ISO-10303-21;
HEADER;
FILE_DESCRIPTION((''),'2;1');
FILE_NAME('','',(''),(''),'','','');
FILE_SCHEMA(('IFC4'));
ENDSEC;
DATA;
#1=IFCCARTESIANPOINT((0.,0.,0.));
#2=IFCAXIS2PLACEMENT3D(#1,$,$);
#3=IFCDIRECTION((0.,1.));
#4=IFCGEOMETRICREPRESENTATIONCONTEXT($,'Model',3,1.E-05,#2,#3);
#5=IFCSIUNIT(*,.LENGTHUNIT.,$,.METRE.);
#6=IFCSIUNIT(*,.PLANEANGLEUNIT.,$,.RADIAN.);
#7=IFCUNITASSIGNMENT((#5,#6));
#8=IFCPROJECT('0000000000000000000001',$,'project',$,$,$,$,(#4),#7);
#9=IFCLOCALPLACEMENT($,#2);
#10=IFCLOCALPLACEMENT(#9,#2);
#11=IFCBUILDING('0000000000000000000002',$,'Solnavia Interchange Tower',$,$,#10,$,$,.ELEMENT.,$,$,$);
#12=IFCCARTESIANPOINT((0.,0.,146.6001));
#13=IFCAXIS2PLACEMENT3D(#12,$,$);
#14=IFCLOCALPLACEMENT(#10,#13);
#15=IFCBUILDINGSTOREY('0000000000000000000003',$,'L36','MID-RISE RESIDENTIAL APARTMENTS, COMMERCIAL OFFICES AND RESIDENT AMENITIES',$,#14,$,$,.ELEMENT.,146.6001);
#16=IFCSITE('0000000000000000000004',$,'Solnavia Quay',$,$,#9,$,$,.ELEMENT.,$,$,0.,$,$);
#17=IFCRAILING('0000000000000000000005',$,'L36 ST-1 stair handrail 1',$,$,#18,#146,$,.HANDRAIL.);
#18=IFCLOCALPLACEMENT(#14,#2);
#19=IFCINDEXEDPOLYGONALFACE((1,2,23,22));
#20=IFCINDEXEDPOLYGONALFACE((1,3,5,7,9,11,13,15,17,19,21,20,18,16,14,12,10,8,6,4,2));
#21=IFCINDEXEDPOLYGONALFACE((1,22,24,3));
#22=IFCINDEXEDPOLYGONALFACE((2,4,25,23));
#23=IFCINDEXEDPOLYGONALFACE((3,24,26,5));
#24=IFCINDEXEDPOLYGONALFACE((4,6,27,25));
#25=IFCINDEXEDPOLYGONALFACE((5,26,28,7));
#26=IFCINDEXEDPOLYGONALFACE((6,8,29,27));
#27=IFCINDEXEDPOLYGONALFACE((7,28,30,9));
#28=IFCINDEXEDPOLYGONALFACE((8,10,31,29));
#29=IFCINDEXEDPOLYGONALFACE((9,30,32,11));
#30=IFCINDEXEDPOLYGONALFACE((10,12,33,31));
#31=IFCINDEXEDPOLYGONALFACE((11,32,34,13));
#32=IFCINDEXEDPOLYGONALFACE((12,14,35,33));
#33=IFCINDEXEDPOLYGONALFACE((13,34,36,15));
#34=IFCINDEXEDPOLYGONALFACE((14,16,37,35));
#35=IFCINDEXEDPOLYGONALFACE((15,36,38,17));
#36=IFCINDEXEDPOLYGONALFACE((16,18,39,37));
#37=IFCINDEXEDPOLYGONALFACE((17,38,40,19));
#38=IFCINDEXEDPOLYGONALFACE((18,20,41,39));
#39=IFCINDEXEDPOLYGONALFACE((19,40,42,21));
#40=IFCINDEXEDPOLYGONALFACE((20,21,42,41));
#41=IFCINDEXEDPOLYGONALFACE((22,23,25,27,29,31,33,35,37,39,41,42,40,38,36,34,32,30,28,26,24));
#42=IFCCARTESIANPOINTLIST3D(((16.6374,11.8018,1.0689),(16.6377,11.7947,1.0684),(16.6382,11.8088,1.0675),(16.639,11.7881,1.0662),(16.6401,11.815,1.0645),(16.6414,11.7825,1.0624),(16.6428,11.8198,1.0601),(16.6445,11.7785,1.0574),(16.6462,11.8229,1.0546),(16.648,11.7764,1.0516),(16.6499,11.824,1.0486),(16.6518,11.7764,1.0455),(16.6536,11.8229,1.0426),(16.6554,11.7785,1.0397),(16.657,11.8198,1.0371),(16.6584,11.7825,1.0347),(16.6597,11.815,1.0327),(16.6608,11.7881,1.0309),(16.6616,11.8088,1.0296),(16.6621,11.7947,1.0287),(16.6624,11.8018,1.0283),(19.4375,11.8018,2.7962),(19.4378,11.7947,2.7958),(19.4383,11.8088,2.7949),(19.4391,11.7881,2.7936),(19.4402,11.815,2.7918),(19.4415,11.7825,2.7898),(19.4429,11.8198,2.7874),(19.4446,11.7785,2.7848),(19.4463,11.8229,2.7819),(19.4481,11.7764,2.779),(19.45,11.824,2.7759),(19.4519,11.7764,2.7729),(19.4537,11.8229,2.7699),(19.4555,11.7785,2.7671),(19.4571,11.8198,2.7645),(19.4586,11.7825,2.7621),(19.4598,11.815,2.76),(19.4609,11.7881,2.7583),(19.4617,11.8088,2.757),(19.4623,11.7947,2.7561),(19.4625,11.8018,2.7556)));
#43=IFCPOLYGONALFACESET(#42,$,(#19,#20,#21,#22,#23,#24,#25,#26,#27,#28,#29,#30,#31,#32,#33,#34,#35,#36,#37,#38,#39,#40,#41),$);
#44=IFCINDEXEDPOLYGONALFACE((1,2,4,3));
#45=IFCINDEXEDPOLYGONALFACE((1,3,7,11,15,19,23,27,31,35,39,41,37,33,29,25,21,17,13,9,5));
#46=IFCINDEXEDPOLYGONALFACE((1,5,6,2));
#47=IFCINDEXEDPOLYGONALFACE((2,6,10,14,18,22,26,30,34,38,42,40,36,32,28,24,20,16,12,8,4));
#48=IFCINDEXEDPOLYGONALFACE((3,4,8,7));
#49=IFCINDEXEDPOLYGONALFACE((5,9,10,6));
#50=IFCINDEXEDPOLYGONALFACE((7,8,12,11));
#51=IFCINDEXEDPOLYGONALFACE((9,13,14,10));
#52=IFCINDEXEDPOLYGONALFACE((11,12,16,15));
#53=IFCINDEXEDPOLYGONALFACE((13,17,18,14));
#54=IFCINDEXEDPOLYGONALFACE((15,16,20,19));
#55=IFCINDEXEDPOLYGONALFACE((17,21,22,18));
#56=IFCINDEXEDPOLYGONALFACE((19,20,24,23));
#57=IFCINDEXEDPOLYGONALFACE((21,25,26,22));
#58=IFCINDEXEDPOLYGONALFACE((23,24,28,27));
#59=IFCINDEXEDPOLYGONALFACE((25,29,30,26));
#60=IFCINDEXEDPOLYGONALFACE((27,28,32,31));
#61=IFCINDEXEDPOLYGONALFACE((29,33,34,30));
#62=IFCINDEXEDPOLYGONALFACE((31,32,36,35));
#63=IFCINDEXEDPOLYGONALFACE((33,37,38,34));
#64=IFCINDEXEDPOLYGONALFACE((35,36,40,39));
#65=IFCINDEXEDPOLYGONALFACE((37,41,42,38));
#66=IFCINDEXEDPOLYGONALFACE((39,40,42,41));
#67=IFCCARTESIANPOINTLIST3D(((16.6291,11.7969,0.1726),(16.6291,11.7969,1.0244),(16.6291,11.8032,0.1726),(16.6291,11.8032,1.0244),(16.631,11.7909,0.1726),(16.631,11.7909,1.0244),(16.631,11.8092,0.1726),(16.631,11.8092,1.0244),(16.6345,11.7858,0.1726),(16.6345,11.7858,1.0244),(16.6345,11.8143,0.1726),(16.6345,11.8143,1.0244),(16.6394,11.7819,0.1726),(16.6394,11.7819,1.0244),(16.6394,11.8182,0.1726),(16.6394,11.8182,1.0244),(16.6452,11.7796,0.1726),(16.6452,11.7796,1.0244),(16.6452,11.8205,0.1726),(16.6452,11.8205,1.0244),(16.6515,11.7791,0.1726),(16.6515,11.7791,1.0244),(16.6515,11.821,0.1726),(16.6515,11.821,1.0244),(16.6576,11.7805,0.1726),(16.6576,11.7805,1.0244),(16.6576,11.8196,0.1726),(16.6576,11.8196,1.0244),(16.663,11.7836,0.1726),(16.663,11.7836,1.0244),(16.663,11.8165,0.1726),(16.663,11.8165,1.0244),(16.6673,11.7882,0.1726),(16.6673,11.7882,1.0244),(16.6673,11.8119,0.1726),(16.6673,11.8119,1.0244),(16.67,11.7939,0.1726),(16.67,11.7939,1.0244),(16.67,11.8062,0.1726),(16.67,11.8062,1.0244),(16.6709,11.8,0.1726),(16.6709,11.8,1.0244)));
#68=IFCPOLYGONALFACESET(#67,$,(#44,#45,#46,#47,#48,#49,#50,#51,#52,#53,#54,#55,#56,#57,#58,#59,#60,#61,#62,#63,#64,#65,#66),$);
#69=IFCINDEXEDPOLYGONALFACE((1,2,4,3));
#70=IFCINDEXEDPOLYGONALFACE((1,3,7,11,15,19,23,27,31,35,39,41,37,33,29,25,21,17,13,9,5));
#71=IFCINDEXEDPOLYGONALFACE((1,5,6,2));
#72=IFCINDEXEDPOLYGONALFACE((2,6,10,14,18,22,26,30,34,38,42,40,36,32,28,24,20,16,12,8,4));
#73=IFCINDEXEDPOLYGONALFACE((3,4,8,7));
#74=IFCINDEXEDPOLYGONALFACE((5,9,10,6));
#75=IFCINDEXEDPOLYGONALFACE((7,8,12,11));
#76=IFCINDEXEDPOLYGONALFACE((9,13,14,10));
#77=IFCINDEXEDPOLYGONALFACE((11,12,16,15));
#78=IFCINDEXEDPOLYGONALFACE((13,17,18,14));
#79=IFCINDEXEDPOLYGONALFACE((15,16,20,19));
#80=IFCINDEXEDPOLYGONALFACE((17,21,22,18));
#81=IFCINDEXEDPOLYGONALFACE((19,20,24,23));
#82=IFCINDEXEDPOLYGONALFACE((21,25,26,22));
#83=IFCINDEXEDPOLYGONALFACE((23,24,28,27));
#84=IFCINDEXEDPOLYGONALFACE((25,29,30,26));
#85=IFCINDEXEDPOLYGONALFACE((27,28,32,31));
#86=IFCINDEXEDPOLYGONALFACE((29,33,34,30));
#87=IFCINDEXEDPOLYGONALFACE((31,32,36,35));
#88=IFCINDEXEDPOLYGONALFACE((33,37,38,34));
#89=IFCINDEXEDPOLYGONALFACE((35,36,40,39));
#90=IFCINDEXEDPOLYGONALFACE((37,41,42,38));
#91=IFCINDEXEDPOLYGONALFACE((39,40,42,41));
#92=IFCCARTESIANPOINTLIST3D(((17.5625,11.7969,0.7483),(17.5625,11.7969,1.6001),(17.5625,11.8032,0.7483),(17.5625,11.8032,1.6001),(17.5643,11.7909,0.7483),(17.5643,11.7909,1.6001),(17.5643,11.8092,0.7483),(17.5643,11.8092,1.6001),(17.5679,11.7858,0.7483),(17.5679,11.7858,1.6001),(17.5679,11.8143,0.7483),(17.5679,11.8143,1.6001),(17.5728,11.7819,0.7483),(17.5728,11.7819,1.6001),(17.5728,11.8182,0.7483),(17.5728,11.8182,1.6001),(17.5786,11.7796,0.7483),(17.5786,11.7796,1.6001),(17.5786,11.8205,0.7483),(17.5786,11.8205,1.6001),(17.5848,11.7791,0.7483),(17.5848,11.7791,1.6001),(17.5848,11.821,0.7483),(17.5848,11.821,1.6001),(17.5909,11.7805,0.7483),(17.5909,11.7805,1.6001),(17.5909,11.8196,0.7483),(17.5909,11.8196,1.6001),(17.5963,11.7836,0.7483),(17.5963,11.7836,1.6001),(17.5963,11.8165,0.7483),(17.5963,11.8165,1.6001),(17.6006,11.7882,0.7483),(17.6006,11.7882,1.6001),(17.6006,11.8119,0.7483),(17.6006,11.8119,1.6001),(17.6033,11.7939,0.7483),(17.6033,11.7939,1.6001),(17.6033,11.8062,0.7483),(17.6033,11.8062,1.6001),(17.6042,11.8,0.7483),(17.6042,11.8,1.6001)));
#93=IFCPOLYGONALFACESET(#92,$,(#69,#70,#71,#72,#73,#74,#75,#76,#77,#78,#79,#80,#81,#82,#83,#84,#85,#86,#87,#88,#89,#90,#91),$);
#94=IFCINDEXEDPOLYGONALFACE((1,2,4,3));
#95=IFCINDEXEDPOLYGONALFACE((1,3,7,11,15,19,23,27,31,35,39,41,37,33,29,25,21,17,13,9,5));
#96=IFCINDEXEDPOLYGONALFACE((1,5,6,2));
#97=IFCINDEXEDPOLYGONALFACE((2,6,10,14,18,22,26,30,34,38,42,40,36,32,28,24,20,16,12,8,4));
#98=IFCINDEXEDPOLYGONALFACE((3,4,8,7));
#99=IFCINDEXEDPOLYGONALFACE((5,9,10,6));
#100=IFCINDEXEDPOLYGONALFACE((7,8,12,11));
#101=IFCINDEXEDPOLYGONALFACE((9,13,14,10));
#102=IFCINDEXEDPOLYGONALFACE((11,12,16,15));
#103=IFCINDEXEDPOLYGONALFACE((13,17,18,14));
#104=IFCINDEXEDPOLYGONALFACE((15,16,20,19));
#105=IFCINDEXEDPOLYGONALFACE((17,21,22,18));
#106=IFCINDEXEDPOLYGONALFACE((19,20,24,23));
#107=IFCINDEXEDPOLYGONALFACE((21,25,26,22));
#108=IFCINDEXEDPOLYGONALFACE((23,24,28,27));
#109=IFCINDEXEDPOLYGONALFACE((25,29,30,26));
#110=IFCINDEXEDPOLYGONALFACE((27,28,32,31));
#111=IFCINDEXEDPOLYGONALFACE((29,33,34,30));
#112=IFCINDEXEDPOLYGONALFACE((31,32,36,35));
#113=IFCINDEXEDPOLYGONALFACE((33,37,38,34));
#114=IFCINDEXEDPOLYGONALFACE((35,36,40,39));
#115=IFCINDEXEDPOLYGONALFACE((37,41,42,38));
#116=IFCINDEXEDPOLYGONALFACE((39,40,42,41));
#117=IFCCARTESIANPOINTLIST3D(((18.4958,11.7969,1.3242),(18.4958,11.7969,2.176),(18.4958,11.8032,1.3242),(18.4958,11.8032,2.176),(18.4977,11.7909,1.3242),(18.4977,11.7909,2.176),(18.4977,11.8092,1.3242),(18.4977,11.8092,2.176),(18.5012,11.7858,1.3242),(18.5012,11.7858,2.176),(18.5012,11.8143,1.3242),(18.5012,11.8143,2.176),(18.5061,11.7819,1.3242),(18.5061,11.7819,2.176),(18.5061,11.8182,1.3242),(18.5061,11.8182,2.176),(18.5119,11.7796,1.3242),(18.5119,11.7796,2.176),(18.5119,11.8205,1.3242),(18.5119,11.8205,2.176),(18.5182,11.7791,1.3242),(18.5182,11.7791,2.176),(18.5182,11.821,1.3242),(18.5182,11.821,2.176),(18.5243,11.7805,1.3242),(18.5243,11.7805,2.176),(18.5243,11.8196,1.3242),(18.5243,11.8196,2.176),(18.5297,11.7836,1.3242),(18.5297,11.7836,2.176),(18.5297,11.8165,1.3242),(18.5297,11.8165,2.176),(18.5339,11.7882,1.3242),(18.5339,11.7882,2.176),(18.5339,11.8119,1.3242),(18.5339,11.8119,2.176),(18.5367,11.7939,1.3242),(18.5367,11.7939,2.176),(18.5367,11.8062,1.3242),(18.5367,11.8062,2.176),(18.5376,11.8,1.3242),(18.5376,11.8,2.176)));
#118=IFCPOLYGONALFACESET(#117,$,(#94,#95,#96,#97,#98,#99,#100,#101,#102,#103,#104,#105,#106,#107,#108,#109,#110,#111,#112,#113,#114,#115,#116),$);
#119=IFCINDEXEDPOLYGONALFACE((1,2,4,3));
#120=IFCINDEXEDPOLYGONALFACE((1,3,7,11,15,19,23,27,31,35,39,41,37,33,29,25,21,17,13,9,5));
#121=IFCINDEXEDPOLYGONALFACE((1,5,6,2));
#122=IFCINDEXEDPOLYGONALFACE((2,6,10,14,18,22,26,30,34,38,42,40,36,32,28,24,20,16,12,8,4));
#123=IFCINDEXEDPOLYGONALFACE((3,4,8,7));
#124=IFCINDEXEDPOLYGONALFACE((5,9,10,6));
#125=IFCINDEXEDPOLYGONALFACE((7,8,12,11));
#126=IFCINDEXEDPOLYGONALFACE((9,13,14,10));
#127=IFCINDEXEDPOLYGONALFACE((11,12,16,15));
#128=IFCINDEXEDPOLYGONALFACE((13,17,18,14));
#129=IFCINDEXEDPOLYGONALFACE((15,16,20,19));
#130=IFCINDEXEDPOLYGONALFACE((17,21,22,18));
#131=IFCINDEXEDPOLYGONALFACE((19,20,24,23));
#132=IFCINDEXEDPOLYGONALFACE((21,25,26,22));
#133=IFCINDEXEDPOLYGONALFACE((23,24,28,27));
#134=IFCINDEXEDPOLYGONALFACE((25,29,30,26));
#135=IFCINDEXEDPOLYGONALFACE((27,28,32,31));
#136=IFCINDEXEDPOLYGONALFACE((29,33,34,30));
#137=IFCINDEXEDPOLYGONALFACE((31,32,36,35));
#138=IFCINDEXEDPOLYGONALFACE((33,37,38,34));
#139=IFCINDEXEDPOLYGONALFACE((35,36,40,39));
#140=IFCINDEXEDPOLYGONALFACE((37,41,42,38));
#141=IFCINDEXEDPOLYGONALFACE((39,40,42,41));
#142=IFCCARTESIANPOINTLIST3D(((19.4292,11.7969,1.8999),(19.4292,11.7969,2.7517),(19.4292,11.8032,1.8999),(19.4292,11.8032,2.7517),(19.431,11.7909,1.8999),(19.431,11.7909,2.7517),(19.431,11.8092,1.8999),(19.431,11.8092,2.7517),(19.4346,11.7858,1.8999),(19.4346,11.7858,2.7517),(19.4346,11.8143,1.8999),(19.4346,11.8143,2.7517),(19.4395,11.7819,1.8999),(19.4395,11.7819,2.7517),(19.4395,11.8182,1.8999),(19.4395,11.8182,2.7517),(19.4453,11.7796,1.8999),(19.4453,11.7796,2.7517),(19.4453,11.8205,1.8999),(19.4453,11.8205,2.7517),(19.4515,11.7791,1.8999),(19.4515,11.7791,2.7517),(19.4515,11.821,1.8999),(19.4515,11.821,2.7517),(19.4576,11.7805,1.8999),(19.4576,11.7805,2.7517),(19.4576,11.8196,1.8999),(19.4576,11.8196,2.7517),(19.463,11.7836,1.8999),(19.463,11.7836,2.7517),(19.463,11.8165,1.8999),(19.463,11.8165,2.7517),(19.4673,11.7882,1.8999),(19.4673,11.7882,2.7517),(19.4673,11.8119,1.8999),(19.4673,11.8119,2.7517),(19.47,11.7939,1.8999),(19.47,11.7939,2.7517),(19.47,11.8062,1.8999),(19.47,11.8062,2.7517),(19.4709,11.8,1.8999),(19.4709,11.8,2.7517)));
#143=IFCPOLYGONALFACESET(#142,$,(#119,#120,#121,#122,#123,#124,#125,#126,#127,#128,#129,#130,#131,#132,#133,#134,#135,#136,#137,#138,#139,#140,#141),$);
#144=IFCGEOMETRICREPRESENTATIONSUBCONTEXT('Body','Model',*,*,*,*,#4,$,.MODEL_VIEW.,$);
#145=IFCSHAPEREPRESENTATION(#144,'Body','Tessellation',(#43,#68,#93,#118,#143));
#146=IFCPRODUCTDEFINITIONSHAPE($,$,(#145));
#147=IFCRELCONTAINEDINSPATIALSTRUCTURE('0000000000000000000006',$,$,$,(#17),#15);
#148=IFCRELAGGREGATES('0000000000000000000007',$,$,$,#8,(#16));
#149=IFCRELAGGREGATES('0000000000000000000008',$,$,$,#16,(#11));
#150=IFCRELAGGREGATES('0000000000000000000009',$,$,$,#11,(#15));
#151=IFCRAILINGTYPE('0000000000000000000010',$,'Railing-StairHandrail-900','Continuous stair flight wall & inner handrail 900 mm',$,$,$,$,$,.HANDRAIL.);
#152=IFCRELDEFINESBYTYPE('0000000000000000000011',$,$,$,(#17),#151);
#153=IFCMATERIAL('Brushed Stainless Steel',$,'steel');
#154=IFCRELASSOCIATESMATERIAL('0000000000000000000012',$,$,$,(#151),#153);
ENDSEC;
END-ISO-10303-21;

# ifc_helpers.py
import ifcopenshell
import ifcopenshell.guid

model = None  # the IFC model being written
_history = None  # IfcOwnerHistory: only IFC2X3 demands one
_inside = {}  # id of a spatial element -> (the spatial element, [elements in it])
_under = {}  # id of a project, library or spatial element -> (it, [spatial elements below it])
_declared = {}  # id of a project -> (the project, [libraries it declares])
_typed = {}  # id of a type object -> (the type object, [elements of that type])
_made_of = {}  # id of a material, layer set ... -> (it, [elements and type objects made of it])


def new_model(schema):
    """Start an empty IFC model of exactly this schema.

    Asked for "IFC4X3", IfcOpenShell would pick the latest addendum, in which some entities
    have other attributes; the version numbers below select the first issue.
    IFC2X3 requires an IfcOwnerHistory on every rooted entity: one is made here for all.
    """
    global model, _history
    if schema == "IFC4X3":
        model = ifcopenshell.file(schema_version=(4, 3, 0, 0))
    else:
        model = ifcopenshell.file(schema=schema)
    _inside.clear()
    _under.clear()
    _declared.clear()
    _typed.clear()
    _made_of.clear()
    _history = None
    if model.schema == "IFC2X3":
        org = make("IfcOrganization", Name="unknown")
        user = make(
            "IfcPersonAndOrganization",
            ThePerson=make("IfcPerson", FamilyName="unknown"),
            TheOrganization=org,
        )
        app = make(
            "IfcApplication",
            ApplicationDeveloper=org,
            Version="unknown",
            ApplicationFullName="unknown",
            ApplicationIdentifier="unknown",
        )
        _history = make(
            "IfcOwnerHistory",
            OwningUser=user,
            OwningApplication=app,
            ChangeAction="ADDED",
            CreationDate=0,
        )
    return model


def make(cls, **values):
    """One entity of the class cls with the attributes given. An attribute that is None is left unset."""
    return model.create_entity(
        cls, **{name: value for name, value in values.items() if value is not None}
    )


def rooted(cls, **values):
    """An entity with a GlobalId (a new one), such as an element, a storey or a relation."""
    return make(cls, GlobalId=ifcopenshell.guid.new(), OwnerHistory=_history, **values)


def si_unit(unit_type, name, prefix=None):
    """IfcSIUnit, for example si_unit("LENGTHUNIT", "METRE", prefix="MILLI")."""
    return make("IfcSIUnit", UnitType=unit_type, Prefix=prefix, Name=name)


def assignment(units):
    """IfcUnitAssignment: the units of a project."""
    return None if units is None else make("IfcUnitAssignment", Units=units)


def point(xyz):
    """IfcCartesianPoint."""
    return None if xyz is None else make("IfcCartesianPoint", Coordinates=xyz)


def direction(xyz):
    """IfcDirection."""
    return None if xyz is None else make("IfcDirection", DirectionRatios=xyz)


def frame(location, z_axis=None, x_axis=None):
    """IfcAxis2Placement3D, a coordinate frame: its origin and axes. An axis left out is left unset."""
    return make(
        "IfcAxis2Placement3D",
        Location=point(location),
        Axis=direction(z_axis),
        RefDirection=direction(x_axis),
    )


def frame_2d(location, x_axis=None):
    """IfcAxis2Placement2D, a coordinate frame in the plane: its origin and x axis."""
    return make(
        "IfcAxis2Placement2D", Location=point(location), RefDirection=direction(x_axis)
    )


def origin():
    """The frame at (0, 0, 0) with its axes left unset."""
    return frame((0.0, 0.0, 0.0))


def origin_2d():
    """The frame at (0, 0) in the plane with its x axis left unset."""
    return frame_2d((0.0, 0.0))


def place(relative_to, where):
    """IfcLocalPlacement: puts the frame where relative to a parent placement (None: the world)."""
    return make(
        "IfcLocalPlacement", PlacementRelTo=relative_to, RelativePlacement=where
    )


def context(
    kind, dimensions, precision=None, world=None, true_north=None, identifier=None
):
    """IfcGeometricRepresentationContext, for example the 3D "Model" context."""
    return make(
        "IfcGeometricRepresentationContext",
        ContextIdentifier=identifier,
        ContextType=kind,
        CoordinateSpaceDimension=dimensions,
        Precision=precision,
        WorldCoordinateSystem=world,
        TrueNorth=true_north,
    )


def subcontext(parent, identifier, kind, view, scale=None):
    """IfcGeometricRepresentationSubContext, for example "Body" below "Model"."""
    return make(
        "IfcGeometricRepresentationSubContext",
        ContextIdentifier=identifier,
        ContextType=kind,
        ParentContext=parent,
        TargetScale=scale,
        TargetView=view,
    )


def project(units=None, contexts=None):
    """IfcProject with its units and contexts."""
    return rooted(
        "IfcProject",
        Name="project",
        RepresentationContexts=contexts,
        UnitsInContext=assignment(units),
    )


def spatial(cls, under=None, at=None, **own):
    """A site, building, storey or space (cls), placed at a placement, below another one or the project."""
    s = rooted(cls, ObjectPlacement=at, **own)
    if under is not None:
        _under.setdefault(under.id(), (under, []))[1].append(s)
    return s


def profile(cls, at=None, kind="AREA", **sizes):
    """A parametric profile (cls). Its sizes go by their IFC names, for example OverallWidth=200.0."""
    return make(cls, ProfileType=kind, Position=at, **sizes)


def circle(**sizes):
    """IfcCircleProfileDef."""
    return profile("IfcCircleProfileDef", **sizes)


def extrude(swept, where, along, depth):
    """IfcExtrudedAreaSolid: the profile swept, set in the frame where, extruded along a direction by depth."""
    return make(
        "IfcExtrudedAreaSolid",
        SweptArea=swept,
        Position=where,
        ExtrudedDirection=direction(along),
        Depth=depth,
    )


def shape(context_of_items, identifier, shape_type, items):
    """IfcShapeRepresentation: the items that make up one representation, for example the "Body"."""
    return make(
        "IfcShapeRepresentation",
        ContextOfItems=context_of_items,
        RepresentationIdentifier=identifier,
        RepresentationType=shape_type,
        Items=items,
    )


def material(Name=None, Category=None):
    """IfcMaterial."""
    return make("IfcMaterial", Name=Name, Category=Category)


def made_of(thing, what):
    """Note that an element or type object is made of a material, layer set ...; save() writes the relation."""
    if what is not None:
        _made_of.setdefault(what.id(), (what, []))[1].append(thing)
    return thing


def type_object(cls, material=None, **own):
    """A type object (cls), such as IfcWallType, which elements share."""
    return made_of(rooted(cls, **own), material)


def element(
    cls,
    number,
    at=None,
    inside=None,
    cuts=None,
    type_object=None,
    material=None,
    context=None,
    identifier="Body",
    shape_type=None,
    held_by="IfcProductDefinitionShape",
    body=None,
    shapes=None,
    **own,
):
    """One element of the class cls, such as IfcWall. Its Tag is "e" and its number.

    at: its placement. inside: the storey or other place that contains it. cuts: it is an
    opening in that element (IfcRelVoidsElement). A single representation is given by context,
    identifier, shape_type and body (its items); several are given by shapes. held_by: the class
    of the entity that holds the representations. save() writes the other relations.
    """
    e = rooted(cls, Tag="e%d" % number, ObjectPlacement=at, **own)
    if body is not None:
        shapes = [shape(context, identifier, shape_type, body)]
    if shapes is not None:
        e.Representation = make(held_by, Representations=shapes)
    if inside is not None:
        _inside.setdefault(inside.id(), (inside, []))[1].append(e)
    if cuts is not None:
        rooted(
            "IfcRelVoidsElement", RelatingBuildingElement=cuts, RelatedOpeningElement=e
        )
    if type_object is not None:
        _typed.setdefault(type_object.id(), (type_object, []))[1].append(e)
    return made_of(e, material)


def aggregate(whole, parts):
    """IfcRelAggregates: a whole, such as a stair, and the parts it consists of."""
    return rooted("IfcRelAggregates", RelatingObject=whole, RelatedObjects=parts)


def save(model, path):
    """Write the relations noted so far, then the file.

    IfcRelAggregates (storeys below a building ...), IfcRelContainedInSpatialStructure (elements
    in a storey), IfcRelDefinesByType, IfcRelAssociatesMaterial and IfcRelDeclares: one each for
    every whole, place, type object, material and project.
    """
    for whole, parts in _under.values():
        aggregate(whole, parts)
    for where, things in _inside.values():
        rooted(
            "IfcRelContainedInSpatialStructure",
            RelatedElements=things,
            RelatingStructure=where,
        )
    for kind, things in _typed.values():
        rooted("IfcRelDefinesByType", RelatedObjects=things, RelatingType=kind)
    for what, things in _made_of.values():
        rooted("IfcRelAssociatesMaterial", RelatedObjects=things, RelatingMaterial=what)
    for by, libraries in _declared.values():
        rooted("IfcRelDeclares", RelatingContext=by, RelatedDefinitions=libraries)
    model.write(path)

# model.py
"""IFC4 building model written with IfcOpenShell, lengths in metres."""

from ifc_helpers import new_model, si_unit, direction, frame, origin, origin_2d, place, context, subcontext, project, spatial, circle, extrude, material, type_object, element, save


model = new_model("IFC4")

# Units and contexts
model_context = context("Model", 3, precision=1e-05, world=origin(), true_north=direction((0.0, 1.0)))
body_context = subcontext(model_context, "Body", "Model", "MODEL_VIEW")
ifc_project = project(units=[si_unit("LENGTHUNIT", "METRE"), si_unit("PLANEANGLEUNIT", "RADIAN")], contexts=[model_context])

# Site, building, storey
site_placement = place(None, origin())
site = spatial("IfcSite", under=ifc_project, at=site_placement, Name="Solnavia Quay", CompositionType="ELEMENT", RefElevation=0.0)
building_placement = place(site_placement, origin())
building = spatial("IfcBuilding", under=site, at=building_placement, Name="Solnavia Interchange Tower", CompositionType="ELEMENT")
storey_placement = place(building_placement, frame((0.0, 0.0, 146.6001)))
storey = spatial("IfcBuildingStorey", under=building, at=storey_placement, Name="L36", Description="MID-RISE RESIDENTIAL APARTMENTS, COMMERCIAL OFFICES AND RESIDENT AMENITIES", CompositionType="ELEMENT", Elevation=146.6001)

# Railing
ifc_material_1 = material(Name="Brushed Stainless Steel", Category="steel")
railing_type_1 = type_object("IfcRailingType", Name="Railing-StairHandrail-900", Description="Continuous stair flight wall & inner handrail 900 mm", PredefinedType="HANDRAIL", material=ifc_material_1)
railing_1_placement = place(storey_placement, frame((16.6499, 11.8, 0.1726)))
element("IfcRailing", 1, at=railing_1_placement, inside=storey, type_object=railing_type_1, Name="L36 ST-1 stair handrail 1", PredefinedType="HANDRAIL", context=body_context, shape_type="SweptSolid", body=[
    extrude(circle(Radius=0.0239, at=origin_2d()), frame((0.0, 0.0, 0.876), z_axis=(0.85109, 0.0, 0.52502), x_axis=(0.0, 1.0, 0.0)), (0.0, 0.0, 1.0), 3.29),
    extrude(circle(Radius=0.021, at=origin_2d()), origin(), (0.0, 0.0, 1.0), 0.8518),
    extrude(circle(Radius=0.021, at=origin_2d()), frame((0.9333, 0.0, 0.5757)), (0.0, 0.0, 1.0), 0.8518),
    extrude(circle(Radius=0.021, at=origin_2d()), frame((1.8667, 0.0, 1.1516)), (0.0, 0.0, 1.0), 0.8518),
    extrude(circle(Radius=0.021, at=origin_2d()), frame((2.8, 0.0, 1.7273)), (0.0, 0.0, 1.0), 0.8518),
])

save(model, "model.ifc")
